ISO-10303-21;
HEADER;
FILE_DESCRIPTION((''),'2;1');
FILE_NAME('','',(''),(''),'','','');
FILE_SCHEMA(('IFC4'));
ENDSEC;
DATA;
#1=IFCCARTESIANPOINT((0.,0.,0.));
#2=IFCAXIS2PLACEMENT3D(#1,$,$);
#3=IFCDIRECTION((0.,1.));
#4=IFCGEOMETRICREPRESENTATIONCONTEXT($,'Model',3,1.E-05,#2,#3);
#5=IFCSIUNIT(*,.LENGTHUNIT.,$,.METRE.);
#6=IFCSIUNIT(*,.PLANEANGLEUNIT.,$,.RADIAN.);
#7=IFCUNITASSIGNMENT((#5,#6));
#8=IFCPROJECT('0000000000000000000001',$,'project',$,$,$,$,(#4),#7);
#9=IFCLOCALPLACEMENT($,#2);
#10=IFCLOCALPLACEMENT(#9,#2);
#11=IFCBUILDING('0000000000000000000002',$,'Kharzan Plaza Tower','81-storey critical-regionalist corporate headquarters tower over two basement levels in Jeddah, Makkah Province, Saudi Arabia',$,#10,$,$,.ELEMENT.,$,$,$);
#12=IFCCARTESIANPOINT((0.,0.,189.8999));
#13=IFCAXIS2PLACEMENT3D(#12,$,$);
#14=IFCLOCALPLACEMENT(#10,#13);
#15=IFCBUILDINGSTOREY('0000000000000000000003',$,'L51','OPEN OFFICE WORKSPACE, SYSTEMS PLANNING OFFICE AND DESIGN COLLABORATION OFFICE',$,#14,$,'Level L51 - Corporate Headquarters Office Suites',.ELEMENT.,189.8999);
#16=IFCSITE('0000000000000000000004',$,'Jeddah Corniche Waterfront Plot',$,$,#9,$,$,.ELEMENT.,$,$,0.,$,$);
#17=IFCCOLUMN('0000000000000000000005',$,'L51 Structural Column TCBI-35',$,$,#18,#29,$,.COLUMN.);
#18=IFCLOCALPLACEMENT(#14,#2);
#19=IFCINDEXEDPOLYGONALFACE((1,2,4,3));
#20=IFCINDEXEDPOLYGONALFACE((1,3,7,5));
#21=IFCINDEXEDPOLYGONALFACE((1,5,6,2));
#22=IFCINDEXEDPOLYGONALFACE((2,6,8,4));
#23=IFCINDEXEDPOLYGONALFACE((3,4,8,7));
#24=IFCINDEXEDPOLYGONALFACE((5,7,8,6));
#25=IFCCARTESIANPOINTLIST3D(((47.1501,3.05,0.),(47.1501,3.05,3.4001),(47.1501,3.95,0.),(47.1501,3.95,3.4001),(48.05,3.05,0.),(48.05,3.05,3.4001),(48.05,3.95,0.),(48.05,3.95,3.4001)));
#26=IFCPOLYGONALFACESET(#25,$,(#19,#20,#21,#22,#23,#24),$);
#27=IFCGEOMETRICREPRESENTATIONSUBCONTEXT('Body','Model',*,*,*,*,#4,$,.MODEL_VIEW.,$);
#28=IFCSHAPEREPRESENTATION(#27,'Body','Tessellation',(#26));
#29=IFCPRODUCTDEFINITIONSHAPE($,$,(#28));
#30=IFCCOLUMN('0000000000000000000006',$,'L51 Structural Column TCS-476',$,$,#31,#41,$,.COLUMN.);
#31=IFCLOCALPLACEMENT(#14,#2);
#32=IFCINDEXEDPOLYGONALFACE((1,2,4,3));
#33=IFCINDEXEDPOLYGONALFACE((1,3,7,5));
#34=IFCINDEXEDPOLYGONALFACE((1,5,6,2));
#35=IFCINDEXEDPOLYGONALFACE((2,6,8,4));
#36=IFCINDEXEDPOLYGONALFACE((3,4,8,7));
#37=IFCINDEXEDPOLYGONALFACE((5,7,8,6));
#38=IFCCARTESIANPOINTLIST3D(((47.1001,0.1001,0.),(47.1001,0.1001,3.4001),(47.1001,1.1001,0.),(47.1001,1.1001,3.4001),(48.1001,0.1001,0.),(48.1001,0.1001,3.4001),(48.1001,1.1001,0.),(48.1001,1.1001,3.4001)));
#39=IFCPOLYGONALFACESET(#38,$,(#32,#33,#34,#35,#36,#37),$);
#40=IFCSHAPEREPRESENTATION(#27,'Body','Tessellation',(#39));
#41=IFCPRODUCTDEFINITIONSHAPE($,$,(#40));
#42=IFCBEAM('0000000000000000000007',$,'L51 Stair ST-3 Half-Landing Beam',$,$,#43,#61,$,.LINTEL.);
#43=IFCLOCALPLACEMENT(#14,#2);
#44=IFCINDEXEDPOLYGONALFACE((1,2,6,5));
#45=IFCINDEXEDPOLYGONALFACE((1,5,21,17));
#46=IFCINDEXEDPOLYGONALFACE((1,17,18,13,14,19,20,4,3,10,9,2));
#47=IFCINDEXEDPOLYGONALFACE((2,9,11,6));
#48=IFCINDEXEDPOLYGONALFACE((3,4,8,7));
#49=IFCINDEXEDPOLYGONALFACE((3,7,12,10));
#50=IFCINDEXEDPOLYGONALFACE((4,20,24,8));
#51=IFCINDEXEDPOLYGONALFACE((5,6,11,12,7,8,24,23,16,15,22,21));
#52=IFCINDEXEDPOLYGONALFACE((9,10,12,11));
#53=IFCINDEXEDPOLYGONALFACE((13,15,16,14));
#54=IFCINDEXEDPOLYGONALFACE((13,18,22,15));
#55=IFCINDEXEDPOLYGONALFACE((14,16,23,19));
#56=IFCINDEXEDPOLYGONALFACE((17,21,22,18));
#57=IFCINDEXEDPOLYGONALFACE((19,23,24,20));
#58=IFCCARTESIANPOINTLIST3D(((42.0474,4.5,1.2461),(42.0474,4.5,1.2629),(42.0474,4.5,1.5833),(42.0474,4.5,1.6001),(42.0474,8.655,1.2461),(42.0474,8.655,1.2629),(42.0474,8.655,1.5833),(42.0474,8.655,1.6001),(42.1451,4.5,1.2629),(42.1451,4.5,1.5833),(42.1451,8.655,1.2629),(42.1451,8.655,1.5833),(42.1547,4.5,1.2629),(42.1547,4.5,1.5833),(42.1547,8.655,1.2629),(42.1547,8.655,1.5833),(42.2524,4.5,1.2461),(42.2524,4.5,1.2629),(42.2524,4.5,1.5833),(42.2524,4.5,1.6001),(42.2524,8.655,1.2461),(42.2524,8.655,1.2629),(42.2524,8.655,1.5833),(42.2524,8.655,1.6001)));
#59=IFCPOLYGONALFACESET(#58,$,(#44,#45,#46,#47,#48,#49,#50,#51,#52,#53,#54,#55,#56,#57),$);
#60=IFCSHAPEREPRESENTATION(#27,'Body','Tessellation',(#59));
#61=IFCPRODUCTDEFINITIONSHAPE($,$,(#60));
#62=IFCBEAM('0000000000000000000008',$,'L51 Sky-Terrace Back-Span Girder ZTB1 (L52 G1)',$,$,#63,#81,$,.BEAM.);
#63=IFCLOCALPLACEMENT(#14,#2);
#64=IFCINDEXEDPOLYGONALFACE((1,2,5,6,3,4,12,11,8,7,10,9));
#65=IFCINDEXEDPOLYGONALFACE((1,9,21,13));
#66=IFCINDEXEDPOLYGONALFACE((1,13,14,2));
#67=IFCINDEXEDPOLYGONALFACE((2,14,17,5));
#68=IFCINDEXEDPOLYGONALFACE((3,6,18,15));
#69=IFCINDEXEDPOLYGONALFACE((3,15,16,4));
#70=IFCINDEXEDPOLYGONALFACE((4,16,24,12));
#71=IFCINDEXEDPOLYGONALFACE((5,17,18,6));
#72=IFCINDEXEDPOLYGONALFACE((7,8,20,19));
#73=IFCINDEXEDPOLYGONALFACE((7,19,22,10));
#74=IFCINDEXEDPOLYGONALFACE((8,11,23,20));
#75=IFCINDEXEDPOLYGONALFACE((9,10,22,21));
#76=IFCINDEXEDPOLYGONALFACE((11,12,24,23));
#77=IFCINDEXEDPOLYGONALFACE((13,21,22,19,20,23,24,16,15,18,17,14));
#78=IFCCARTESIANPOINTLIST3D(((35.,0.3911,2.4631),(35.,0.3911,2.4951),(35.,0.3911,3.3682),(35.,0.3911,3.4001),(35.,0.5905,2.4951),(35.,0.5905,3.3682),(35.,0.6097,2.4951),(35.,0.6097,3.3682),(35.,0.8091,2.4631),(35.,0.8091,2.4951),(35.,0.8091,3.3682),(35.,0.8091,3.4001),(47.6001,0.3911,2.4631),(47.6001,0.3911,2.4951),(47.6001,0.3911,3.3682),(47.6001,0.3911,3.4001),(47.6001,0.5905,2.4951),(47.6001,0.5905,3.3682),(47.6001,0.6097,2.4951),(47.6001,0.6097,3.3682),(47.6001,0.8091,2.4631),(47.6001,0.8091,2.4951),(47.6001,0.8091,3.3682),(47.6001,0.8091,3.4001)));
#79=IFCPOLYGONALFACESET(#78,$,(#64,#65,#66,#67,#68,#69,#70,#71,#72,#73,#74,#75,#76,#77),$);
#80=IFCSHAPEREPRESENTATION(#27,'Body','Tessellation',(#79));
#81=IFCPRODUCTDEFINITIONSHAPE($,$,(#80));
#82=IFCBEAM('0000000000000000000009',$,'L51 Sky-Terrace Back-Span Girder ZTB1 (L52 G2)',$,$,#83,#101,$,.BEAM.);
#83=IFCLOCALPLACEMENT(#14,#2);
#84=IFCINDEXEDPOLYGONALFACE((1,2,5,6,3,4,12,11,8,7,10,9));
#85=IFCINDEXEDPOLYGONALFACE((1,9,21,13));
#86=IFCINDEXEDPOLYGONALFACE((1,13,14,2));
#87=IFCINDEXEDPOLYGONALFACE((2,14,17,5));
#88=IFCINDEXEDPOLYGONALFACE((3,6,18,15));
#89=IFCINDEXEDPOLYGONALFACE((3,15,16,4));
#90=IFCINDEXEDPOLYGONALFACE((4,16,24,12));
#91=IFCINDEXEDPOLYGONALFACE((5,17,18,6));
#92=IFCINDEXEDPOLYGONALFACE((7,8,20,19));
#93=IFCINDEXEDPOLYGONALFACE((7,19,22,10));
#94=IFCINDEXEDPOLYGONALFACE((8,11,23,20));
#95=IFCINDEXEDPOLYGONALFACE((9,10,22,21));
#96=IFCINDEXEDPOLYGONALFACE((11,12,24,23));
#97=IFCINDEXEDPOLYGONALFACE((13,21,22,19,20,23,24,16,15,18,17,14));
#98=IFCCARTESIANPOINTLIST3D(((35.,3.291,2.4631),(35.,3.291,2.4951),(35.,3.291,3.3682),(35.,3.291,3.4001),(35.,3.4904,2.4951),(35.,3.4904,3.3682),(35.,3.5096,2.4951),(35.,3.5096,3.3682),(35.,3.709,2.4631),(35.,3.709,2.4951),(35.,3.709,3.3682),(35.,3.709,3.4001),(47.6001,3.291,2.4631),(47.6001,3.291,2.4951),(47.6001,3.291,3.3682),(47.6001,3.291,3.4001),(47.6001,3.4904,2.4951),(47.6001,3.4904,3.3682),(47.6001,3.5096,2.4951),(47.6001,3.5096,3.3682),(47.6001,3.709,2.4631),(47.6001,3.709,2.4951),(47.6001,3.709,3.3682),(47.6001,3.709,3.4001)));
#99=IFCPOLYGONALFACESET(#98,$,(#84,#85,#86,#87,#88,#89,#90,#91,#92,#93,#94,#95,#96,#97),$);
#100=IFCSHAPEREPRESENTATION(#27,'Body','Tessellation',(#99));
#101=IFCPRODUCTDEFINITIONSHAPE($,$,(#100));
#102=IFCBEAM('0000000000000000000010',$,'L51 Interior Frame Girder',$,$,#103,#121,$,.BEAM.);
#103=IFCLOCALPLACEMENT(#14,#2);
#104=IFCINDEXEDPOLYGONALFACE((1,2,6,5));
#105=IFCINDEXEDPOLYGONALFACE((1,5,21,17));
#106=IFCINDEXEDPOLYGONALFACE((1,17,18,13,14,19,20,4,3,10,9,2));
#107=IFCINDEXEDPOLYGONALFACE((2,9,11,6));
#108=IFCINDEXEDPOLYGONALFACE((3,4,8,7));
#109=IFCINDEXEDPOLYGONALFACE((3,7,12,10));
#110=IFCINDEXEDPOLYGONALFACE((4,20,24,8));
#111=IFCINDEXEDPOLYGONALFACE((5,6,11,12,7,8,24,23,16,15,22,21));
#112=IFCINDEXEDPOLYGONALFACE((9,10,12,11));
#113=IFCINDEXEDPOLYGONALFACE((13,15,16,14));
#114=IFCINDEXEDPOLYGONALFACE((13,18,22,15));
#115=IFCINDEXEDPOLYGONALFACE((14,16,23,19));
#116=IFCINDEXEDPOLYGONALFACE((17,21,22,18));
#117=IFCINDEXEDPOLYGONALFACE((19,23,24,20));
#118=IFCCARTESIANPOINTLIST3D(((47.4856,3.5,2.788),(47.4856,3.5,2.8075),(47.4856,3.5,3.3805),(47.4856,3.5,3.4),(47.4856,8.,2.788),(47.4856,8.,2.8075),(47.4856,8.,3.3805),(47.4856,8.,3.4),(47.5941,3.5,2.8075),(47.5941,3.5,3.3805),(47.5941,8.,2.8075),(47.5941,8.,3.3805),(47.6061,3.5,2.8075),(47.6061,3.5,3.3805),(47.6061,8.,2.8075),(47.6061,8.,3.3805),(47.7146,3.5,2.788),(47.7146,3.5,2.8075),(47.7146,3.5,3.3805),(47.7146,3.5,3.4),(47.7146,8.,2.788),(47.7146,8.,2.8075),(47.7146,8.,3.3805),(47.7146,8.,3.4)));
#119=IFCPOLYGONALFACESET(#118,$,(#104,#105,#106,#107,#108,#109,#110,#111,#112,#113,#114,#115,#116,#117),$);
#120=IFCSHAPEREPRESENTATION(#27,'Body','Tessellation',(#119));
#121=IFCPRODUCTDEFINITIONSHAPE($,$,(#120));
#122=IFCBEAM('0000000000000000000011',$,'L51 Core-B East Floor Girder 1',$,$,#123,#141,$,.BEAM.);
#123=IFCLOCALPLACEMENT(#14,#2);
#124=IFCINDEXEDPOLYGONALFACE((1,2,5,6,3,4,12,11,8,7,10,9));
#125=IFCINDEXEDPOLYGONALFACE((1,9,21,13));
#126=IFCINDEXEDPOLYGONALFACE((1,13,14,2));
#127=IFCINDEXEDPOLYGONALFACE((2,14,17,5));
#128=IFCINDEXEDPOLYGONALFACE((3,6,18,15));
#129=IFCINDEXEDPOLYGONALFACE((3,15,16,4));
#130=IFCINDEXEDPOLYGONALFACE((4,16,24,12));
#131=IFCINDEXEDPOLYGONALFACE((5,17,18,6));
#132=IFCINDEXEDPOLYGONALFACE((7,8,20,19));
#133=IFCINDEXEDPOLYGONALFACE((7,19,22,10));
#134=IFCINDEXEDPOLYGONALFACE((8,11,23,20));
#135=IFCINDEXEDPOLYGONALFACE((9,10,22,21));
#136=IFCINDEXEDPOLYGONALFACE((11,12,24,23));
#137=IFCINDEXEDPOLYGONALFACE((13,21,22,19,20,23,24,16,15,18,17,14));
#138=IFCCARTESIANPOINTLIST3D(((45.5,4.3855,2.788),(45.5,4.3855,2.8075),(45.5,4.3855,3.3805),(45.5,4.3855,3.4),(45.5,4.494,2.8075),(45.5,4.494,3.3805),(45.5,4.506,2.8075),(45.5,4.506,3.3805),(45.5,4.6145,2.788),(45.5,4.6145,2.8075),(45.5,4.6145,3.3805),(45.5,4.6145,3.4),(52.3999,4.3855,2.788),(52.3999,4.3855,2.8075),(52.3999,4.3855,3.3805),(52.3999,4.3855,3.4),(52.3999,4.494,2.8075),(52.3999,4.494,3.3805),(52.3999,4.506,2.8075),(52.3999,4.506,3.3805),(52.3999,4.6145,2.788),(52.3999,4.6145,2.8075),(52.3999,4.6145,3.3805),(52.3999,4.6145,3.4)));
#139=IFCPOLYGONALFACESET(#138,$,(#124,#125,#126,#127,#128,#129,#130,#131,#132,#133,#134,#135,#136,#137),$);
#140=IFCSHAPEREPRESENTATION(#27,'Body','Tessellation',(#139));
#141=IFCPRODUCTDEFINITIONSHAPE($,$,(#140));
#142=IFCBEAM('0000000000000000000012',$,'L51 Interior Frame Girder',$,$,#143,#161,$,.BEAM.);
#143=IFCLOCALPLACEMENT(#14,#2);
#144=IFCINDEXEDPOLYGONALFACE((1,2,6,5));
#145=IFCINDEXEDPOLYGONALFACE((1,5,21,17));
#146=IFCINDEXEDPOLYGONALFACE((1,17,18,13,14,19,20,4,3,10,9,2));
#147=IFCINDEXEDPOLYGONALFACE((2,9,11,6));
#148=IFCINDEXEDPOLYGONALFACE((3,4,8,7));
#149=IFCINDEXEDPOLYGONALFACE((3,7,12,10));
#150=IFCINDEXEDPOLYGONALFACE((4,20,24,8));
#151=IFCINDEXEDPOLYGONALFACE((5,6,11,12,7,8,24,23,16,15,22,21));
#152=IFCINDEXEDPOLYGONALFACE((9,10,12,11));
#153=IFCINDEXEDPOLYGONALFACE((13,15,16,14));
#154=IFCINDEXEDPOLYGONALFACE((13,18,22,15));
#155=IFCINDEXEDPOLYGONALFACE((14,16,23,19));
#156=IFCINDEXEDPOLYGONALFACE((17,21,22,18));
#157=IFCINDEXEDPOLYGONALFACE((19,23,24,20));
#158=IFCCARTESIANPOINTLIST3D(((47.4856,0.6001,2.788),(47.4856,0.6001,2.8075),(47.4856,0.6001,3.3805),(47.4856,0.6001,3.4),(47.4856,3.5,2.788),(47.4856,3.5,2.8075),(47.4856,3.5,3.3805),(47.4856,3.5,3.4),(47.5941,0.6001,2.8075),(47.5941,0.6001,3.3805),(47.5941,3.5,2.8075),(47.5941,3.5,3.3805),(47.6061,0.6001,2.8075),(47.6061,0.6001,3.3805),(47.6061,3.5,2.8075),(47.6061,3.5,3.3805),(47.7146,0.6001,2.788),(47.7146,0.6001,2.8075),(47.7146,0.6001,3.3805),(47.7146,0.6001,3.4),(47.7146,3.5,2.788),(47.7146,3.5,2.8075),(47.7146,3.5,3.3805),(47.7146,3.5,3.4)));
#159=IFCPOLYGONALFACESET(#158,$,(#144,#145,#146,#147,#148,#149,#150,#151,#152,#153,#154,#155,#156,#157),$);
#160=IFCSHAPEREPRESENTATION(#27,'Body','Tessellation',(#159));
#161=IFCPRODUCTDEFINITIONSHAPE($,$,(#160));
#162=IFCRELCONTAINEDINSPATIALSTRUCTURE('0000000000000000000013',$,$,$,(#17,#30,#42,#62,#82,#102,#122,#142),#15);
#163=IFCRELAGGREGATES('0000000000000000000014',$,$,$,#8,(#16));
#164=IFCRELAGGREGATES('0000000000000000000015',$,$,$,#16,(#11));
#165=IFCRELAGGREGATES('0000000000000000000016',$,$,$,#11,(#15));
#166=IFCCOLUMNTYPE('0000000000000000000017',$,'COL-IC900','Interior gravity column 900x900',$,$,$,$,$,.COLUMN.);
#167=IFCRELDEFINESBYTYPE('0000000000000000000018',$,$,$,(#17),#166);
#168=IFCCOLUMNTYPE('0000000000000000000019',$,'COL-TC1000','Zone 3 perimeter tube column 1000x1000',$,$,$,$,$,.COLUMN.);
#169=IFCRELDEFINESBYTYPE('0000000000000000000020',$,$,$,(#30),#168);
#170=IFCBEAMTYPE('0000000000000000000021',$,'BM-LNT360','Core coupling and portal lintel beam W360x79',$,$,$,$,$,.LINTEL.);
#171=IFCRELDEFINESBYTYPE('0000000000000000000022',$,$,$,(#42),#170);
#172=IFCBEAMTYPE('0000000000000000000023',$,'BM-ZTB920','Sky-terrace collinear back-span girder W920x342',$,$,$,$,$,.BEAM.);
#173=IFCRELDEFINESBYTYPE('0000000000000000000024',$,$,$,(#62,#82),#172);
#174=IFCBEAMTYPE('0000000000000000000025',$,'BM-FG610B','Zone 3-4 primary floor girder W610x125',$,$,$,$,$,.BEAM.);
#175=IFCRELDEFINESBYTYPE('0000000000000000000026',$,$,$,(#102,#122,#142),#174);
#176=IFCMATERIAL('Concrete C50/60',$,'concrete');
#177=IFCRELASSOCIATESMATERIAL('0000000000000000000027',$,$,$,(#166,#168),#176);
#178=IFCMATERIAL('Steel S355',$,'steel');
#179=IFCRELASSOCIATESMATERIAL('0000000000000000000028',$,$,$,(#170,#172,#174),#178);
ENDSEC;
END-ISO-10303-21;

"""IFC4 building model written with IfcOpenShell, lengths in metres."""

from ifc_helpers import new_model, si_unit, direction, frame, origin, origin_2d, place, context, subcontext, project, spatial, rectangle, i_section, extrude, source, transform, mapped, material, material_profile, profile_set, type_object, element, save


model = new_model("IFC4")

# Units and contexts
model_context = context("Model", 3, precision=1e-05, world=origin(), true_north=direction((0.0, 1.0)))
body_context = subcontext(model_context, "Body", "Model", "MODEL_VIEW")
ifc_project = project(units=[si_unit("LENGTHUNIT", "METRE"), si_unit("PLANEANGLEUNIT", "RADIAN")], contexts=[model_context])

# Site, building, storey
site_placement = place(None, origin())
site = spatial("IfcSite", under=ifc_project, at=site_placement, Name="Jeddah Corniche Waterfront Plot", CompositionType="ELEMENT", RefElevation=0.0)
building_placement = place(site_placement, origin())
building = spatial("IfcBuilding", under=site, at=building_placement, Name="Kharzan Plaza Tower", Description="81-storey critical-regionalist corporate headquarters tower over two basement levels in Jeddah, Makkah Province, Saudi Arabia", CompositionType="ELEMENT")
storey_placement = place(building_placement, frame((0.0, 0.0, 189.8999)))
storey = spatial("IfcBuildingStorey", under=building, at=storey_placement, Name="L51", Description="OPEN OFFICE WORKSPACE, SYSTEMS PLANNING OFFICE AND DESIGN COLLABORATION OFFICE", LongName="Level L51 - Corporate Headquarters Office Suites", CompositionType="ELEMENT", Elevation=189.8999)

# Columns
ifc_material_1 = material(Name="Concrete C50/60", Category="concrete")
ifc_material_profile_1 = material_profile(ifc_material_1, rectangle(XDim=0.8999, YDim=0.8999, at=origin_2d()), Name="RC-IC900x900")
ifc_profile_set_1 = profile_set([ifc_material_profile_1], Name="Concrete C50/60")
column_type_1 = type_object("IfcColumnType", Name="COL-IC900", Description="Interior gravity column 900x900", PredefinedType="COLUMN", material=ifc_profile_set_1)
shared_shape_1 = source(origin(), body_context, "Body", "SweptSolid", [
    extrude(rectangle(XDim=0.8999, YDim=0.8999, at=origin_2d()), origin(), (0.0, 0.0, 1.0), 3.4001),
])
column_1_placement = place(storey_placement, frame((47.6001, 3.5, 0.0), z_axis=(0.0, 0.0, 1.0), x_axis=(1.0, 0.0, 0.0)))
element("IfcColumn", 1, at=column_1_placement, inside=storey, type_object=column_type_1, Name="L51 Structural Column TCBI-35", PredefinedType="COLUMN", context=body_context, shape_type="MappedRepresentation", body=[
    mapped(shared_shape_1, transform((0.0, 0.0, 0.0), x_axis=(1.0, 0.0, 0.0), y_axis=(0.0, 1.0, 0.0), z_axis=(0.0, 0.0, 1.0))),
])
ifc_material_profile_2 = material_profile(ifc_material_1, rectangle(XDim=1.0, YDim=1.0, at=origin_2d()), Name="RC-TC1000x1000")
ifc_profile_set_2 = profile_set([ifc_material_profile_2], Name="Concrete C50/60")
column_type_2 = type_object("IfcColumnType", Name="COL-TC1000", Description="Zone 3 perimeter tube column 1000x1000", PredefinedType="COLUMN", material=ifc_profile_set_2)
shared_shape_2 = source(origin(), body_context, "Body", "SweptSolid", [
    extrude(rectangle(XDim=1.0, YDim=1.0, at=origin_2d()), origin(), (0.0, 0.0, 1.0), 3.4001),
])
column_2_placement = place(storey_placement, frame((47.6001, 0.6001, 0.0), z_axis=(0.0, 0.0, 1.0), x_axis=(1.0, 0.0, 0.0)))
element("IfcColumn", 2, at=column_2_placement, inside=storey, type_object=column_type_2, Name="L51 Structural Column TCS-476", PredefinedType="COLUMN", context=body_context, shape_type="MappedRepresentation", body=[
    mapped(shared_shape_2, transform((0.0, 0.0, 0.0), x_axis=(1.0, 0.0, 0.0), y_axis=(0.0, 1.0, 0.0), z_axis=(0.0, 0.0, 1.0))),
])

# Beams
ifc_material_2 = material(Name="Steel S355", Category="steel")
ifc_material_profile_3 = material_profile(ifc_material_2, i_section(OverallWidth=0.2051, OverallDepth=0.354, WebThickness=0.0095, FlangeThickness=0.0168, at=origin_2d()), Name="W360x79")
ifc_profile_set_3 = profile_set([ifc_material_profile_3], Name="Steel S355")
beam_type_1 = type_object("IfcBeamType", Name="BM-LNT360", Description="Core coupling and portal lintel beam W360x79", PredefinedType="LINTEL", material=ifc_profile_set_3)
shared_shape_3 = source(origin(), body_context, "Body", "SweptSolid", [
    extrude(i_section(OverallWidth=0.2051, OverallDepth=0.354, WebThickness=0.0095, FlangeThickness=0.0168, at=origin_2d()), origin(), (0.0, 0.0, 1.0), 4.155),
])
beam_1_placement = place(storey_placement, frame((42.1499, 4.5, 1.4231), z_axis=(0.0, 1.0, 0.0), x_axis=(-1.0, 0.0, 0.0)))
element("IfcBeam", 3, at=beam_1_placement, inside=storey, type_object=beam_type_1, Name="L51 Stair ST-3 Half-Landing Beam", PredefinedType="LINTEL", context=body_context, shape_type="MappedRepresentation", body=[
    mapped(shared_shape_3, transform((0.0, 0.0, 0.0), x_axis=(1.0, 0.0, 0.0), y_axis=(0.0, 1.0, 0.0), z_axis=(0.0, 0.0, 1.0))),
])
ifc_material_profile_4 = material_profile(ifc_material_2, i_section(OverallWidth=0.418, OverallDepth=0.937, WebThickness=0.0193, FlangeThickness=0.032, at=origin_2d()), Name="W920x342")
ifc_profile_set_4 = profile_set([ifc_material_profile_4], Name="Steel S355")
beam_type_2 = type_object("IfcBeamType", Name="BM-ZTB920", Description="Sky-terrace collinear back-span girder W920x342", PredefinedType="BEAM", material=ifc_profile_set_4)
shared_shape_4 = source(origin(), body_context, "Body", "SweptSolid", [
    extrude(i_section(OverallWidth=0.418, OverallDepth=0.937, WebThickness=0.0193, FlangeThickness=0.032, at=origin_2d()), origin(), (0.0, 0.0, 1.0), 12.6001),
])
for number, where, z_axis, x_axis, name in (
    (4, (47.6001, 0.6001, 2.9316), (-1.0, 0.0, 0.0), (0.0, -1.0, 0.0), "L51 Sky-Terrace Back-Span Girder ZTB1 (L52 G1)"),
    (5, (47.6001, 3.5, 2.9316), (-1.0, 0.0, 0.0), (0.0, -1.0, 0.0), "L51 Sky-Terrace Back-Span Girder ZTB1 (L52 G2)"),
):
    element("IfcBeam", number, at=place(storey_placement, frame(where, z_axis=z_axis, x_axis=x_axis)), inside=storey, type_object=beam_type_2, Name=name, PredefinedType="BEAM", context=body_context, shape_type="MappedRepresentation", body=[
        mapped(shared_shape_4, transform((0.0, 0.0, 0.0), x_axis=(1.0, 0.0, 0.0), y_axis=(0.0, 1.0, 0.0), z_axis=(0.0, 0.0, 1.0))),
    ])
ifc_material_profile_5 = material_profile(ifc_material_2, i_section(OverallWidth=0.229, OverallDepth=0.6121, WebThickness=0.012, FlangeThickness=0.0195, at=origin_2d()), Name="W610x125")
ifc_profile_set_5 = profile_set([ifc_material_profile_5], Name="Steel S355")
beam_type_3 = type_object("IfcBeamType", Name="BM-FG610B", Description="Zone 3-4 primary floor girder W610x125", PredefinedType="BEAM", material=ifc_profile_set_5)
shared_shape_5 = source(origin(), body_context, "Body", "SweptSolid", [
    extrude(i_section(OverallWidth=0.229, OverallDepth=0.6121, WebThickness=0.012, FlangeThickness=0.0195, at=origin_2d()), origin(), (0.0, 0.0, 1.0), 4.5),
])
beam_2_placement = place(storey_placement, frame((47.6001, 3.5, 3.094), z_axis=(0.0, 1.0, 0.0), x_axis=(-1.0, 0.0, 0.0)))
element("IfcBeam", 6, at=beam_2_placement, inside=storey, type_object=beam_type_3, Name="L51 Interior Frame Girder", PredefinedType="BEAM", context=body_context, shape_type="MappedRepresentation", body=[
    mapped(shared_shape_5, transform((0.0, 0.0, 0.0), x_axis=(1.0, 0.0, 0.0), y_axis=(0.0, 1.0, 0.0), z_axis=(0.0, 0.0, 1.0))),
])
shared_shape_6 = source(origin(), body_context, "Body", "SweptSolid", [
    extrude(i_section(OverallWidth=0.229, OverallDepth=0.6121, WebThickness=0.012, FlangeThickness=0.0195, at=origin_2d()), origin(), (0.0, 0.0, 1.0), 6.8999),
])
beam_3_placement = place(storey_placement, frame((45.5, 4.5, 3.094), z_axis=(1.0, 0.0, 0.0), x_axis=(0.0, 1.0, 0.0)))
element("IfcBeam", 7, at=beam_3_placement, inside=storey, type_object=beam_type_3, Name="L51 Core-B East Floor Girder 1", PredefinedType="BEAM", context=body_context, shape_type="MappedRepresentation", body=[
    mapped(shared_shape_6, transform((0.0, 0.0, 0.0), x_axis=(1.0, 0.0, 0.0), y_axis=(0.0, 1.0, 0.0), z_axis=(0.0, 0.0, 1.0))),
])
shared_shape_7 = source(origin(), body_context, "Body", "SweptSolid", [
    extrude(i_section(OverallWidth=0.229, OverallDepth=0.6121, WebThickness=0.012, FlangeThickness=0.0195, at=origin_2d()), origin(), (0.0, 0.0, 1.0), 2.8999),
])
beam_4_placement = place(storey_placement, frame((47.6001, 0.6001, 3.094), z_axis=(0.0, 1.0, 0.0), x_axis=(-1.0, 0.0, 0.0)))
element("IfcBeam", 8, at=beam_4_placement, inside=storey, type_object=beam_type_3, Name="L51 Interior Frame Girder", PredefinedType="BEAM", context=body_context, shape_type="MappedRepresentation", body=[
    mapped(shared_shape_7, transform((0.0, 0.0, 0.0), x_axis=(1.0, 0.0, 0.0), y_axis=(0.0, 1.0, 0.0), z_axis=(0.0, 0.0, 1.0))),
])

save(model, "model.ifc")
